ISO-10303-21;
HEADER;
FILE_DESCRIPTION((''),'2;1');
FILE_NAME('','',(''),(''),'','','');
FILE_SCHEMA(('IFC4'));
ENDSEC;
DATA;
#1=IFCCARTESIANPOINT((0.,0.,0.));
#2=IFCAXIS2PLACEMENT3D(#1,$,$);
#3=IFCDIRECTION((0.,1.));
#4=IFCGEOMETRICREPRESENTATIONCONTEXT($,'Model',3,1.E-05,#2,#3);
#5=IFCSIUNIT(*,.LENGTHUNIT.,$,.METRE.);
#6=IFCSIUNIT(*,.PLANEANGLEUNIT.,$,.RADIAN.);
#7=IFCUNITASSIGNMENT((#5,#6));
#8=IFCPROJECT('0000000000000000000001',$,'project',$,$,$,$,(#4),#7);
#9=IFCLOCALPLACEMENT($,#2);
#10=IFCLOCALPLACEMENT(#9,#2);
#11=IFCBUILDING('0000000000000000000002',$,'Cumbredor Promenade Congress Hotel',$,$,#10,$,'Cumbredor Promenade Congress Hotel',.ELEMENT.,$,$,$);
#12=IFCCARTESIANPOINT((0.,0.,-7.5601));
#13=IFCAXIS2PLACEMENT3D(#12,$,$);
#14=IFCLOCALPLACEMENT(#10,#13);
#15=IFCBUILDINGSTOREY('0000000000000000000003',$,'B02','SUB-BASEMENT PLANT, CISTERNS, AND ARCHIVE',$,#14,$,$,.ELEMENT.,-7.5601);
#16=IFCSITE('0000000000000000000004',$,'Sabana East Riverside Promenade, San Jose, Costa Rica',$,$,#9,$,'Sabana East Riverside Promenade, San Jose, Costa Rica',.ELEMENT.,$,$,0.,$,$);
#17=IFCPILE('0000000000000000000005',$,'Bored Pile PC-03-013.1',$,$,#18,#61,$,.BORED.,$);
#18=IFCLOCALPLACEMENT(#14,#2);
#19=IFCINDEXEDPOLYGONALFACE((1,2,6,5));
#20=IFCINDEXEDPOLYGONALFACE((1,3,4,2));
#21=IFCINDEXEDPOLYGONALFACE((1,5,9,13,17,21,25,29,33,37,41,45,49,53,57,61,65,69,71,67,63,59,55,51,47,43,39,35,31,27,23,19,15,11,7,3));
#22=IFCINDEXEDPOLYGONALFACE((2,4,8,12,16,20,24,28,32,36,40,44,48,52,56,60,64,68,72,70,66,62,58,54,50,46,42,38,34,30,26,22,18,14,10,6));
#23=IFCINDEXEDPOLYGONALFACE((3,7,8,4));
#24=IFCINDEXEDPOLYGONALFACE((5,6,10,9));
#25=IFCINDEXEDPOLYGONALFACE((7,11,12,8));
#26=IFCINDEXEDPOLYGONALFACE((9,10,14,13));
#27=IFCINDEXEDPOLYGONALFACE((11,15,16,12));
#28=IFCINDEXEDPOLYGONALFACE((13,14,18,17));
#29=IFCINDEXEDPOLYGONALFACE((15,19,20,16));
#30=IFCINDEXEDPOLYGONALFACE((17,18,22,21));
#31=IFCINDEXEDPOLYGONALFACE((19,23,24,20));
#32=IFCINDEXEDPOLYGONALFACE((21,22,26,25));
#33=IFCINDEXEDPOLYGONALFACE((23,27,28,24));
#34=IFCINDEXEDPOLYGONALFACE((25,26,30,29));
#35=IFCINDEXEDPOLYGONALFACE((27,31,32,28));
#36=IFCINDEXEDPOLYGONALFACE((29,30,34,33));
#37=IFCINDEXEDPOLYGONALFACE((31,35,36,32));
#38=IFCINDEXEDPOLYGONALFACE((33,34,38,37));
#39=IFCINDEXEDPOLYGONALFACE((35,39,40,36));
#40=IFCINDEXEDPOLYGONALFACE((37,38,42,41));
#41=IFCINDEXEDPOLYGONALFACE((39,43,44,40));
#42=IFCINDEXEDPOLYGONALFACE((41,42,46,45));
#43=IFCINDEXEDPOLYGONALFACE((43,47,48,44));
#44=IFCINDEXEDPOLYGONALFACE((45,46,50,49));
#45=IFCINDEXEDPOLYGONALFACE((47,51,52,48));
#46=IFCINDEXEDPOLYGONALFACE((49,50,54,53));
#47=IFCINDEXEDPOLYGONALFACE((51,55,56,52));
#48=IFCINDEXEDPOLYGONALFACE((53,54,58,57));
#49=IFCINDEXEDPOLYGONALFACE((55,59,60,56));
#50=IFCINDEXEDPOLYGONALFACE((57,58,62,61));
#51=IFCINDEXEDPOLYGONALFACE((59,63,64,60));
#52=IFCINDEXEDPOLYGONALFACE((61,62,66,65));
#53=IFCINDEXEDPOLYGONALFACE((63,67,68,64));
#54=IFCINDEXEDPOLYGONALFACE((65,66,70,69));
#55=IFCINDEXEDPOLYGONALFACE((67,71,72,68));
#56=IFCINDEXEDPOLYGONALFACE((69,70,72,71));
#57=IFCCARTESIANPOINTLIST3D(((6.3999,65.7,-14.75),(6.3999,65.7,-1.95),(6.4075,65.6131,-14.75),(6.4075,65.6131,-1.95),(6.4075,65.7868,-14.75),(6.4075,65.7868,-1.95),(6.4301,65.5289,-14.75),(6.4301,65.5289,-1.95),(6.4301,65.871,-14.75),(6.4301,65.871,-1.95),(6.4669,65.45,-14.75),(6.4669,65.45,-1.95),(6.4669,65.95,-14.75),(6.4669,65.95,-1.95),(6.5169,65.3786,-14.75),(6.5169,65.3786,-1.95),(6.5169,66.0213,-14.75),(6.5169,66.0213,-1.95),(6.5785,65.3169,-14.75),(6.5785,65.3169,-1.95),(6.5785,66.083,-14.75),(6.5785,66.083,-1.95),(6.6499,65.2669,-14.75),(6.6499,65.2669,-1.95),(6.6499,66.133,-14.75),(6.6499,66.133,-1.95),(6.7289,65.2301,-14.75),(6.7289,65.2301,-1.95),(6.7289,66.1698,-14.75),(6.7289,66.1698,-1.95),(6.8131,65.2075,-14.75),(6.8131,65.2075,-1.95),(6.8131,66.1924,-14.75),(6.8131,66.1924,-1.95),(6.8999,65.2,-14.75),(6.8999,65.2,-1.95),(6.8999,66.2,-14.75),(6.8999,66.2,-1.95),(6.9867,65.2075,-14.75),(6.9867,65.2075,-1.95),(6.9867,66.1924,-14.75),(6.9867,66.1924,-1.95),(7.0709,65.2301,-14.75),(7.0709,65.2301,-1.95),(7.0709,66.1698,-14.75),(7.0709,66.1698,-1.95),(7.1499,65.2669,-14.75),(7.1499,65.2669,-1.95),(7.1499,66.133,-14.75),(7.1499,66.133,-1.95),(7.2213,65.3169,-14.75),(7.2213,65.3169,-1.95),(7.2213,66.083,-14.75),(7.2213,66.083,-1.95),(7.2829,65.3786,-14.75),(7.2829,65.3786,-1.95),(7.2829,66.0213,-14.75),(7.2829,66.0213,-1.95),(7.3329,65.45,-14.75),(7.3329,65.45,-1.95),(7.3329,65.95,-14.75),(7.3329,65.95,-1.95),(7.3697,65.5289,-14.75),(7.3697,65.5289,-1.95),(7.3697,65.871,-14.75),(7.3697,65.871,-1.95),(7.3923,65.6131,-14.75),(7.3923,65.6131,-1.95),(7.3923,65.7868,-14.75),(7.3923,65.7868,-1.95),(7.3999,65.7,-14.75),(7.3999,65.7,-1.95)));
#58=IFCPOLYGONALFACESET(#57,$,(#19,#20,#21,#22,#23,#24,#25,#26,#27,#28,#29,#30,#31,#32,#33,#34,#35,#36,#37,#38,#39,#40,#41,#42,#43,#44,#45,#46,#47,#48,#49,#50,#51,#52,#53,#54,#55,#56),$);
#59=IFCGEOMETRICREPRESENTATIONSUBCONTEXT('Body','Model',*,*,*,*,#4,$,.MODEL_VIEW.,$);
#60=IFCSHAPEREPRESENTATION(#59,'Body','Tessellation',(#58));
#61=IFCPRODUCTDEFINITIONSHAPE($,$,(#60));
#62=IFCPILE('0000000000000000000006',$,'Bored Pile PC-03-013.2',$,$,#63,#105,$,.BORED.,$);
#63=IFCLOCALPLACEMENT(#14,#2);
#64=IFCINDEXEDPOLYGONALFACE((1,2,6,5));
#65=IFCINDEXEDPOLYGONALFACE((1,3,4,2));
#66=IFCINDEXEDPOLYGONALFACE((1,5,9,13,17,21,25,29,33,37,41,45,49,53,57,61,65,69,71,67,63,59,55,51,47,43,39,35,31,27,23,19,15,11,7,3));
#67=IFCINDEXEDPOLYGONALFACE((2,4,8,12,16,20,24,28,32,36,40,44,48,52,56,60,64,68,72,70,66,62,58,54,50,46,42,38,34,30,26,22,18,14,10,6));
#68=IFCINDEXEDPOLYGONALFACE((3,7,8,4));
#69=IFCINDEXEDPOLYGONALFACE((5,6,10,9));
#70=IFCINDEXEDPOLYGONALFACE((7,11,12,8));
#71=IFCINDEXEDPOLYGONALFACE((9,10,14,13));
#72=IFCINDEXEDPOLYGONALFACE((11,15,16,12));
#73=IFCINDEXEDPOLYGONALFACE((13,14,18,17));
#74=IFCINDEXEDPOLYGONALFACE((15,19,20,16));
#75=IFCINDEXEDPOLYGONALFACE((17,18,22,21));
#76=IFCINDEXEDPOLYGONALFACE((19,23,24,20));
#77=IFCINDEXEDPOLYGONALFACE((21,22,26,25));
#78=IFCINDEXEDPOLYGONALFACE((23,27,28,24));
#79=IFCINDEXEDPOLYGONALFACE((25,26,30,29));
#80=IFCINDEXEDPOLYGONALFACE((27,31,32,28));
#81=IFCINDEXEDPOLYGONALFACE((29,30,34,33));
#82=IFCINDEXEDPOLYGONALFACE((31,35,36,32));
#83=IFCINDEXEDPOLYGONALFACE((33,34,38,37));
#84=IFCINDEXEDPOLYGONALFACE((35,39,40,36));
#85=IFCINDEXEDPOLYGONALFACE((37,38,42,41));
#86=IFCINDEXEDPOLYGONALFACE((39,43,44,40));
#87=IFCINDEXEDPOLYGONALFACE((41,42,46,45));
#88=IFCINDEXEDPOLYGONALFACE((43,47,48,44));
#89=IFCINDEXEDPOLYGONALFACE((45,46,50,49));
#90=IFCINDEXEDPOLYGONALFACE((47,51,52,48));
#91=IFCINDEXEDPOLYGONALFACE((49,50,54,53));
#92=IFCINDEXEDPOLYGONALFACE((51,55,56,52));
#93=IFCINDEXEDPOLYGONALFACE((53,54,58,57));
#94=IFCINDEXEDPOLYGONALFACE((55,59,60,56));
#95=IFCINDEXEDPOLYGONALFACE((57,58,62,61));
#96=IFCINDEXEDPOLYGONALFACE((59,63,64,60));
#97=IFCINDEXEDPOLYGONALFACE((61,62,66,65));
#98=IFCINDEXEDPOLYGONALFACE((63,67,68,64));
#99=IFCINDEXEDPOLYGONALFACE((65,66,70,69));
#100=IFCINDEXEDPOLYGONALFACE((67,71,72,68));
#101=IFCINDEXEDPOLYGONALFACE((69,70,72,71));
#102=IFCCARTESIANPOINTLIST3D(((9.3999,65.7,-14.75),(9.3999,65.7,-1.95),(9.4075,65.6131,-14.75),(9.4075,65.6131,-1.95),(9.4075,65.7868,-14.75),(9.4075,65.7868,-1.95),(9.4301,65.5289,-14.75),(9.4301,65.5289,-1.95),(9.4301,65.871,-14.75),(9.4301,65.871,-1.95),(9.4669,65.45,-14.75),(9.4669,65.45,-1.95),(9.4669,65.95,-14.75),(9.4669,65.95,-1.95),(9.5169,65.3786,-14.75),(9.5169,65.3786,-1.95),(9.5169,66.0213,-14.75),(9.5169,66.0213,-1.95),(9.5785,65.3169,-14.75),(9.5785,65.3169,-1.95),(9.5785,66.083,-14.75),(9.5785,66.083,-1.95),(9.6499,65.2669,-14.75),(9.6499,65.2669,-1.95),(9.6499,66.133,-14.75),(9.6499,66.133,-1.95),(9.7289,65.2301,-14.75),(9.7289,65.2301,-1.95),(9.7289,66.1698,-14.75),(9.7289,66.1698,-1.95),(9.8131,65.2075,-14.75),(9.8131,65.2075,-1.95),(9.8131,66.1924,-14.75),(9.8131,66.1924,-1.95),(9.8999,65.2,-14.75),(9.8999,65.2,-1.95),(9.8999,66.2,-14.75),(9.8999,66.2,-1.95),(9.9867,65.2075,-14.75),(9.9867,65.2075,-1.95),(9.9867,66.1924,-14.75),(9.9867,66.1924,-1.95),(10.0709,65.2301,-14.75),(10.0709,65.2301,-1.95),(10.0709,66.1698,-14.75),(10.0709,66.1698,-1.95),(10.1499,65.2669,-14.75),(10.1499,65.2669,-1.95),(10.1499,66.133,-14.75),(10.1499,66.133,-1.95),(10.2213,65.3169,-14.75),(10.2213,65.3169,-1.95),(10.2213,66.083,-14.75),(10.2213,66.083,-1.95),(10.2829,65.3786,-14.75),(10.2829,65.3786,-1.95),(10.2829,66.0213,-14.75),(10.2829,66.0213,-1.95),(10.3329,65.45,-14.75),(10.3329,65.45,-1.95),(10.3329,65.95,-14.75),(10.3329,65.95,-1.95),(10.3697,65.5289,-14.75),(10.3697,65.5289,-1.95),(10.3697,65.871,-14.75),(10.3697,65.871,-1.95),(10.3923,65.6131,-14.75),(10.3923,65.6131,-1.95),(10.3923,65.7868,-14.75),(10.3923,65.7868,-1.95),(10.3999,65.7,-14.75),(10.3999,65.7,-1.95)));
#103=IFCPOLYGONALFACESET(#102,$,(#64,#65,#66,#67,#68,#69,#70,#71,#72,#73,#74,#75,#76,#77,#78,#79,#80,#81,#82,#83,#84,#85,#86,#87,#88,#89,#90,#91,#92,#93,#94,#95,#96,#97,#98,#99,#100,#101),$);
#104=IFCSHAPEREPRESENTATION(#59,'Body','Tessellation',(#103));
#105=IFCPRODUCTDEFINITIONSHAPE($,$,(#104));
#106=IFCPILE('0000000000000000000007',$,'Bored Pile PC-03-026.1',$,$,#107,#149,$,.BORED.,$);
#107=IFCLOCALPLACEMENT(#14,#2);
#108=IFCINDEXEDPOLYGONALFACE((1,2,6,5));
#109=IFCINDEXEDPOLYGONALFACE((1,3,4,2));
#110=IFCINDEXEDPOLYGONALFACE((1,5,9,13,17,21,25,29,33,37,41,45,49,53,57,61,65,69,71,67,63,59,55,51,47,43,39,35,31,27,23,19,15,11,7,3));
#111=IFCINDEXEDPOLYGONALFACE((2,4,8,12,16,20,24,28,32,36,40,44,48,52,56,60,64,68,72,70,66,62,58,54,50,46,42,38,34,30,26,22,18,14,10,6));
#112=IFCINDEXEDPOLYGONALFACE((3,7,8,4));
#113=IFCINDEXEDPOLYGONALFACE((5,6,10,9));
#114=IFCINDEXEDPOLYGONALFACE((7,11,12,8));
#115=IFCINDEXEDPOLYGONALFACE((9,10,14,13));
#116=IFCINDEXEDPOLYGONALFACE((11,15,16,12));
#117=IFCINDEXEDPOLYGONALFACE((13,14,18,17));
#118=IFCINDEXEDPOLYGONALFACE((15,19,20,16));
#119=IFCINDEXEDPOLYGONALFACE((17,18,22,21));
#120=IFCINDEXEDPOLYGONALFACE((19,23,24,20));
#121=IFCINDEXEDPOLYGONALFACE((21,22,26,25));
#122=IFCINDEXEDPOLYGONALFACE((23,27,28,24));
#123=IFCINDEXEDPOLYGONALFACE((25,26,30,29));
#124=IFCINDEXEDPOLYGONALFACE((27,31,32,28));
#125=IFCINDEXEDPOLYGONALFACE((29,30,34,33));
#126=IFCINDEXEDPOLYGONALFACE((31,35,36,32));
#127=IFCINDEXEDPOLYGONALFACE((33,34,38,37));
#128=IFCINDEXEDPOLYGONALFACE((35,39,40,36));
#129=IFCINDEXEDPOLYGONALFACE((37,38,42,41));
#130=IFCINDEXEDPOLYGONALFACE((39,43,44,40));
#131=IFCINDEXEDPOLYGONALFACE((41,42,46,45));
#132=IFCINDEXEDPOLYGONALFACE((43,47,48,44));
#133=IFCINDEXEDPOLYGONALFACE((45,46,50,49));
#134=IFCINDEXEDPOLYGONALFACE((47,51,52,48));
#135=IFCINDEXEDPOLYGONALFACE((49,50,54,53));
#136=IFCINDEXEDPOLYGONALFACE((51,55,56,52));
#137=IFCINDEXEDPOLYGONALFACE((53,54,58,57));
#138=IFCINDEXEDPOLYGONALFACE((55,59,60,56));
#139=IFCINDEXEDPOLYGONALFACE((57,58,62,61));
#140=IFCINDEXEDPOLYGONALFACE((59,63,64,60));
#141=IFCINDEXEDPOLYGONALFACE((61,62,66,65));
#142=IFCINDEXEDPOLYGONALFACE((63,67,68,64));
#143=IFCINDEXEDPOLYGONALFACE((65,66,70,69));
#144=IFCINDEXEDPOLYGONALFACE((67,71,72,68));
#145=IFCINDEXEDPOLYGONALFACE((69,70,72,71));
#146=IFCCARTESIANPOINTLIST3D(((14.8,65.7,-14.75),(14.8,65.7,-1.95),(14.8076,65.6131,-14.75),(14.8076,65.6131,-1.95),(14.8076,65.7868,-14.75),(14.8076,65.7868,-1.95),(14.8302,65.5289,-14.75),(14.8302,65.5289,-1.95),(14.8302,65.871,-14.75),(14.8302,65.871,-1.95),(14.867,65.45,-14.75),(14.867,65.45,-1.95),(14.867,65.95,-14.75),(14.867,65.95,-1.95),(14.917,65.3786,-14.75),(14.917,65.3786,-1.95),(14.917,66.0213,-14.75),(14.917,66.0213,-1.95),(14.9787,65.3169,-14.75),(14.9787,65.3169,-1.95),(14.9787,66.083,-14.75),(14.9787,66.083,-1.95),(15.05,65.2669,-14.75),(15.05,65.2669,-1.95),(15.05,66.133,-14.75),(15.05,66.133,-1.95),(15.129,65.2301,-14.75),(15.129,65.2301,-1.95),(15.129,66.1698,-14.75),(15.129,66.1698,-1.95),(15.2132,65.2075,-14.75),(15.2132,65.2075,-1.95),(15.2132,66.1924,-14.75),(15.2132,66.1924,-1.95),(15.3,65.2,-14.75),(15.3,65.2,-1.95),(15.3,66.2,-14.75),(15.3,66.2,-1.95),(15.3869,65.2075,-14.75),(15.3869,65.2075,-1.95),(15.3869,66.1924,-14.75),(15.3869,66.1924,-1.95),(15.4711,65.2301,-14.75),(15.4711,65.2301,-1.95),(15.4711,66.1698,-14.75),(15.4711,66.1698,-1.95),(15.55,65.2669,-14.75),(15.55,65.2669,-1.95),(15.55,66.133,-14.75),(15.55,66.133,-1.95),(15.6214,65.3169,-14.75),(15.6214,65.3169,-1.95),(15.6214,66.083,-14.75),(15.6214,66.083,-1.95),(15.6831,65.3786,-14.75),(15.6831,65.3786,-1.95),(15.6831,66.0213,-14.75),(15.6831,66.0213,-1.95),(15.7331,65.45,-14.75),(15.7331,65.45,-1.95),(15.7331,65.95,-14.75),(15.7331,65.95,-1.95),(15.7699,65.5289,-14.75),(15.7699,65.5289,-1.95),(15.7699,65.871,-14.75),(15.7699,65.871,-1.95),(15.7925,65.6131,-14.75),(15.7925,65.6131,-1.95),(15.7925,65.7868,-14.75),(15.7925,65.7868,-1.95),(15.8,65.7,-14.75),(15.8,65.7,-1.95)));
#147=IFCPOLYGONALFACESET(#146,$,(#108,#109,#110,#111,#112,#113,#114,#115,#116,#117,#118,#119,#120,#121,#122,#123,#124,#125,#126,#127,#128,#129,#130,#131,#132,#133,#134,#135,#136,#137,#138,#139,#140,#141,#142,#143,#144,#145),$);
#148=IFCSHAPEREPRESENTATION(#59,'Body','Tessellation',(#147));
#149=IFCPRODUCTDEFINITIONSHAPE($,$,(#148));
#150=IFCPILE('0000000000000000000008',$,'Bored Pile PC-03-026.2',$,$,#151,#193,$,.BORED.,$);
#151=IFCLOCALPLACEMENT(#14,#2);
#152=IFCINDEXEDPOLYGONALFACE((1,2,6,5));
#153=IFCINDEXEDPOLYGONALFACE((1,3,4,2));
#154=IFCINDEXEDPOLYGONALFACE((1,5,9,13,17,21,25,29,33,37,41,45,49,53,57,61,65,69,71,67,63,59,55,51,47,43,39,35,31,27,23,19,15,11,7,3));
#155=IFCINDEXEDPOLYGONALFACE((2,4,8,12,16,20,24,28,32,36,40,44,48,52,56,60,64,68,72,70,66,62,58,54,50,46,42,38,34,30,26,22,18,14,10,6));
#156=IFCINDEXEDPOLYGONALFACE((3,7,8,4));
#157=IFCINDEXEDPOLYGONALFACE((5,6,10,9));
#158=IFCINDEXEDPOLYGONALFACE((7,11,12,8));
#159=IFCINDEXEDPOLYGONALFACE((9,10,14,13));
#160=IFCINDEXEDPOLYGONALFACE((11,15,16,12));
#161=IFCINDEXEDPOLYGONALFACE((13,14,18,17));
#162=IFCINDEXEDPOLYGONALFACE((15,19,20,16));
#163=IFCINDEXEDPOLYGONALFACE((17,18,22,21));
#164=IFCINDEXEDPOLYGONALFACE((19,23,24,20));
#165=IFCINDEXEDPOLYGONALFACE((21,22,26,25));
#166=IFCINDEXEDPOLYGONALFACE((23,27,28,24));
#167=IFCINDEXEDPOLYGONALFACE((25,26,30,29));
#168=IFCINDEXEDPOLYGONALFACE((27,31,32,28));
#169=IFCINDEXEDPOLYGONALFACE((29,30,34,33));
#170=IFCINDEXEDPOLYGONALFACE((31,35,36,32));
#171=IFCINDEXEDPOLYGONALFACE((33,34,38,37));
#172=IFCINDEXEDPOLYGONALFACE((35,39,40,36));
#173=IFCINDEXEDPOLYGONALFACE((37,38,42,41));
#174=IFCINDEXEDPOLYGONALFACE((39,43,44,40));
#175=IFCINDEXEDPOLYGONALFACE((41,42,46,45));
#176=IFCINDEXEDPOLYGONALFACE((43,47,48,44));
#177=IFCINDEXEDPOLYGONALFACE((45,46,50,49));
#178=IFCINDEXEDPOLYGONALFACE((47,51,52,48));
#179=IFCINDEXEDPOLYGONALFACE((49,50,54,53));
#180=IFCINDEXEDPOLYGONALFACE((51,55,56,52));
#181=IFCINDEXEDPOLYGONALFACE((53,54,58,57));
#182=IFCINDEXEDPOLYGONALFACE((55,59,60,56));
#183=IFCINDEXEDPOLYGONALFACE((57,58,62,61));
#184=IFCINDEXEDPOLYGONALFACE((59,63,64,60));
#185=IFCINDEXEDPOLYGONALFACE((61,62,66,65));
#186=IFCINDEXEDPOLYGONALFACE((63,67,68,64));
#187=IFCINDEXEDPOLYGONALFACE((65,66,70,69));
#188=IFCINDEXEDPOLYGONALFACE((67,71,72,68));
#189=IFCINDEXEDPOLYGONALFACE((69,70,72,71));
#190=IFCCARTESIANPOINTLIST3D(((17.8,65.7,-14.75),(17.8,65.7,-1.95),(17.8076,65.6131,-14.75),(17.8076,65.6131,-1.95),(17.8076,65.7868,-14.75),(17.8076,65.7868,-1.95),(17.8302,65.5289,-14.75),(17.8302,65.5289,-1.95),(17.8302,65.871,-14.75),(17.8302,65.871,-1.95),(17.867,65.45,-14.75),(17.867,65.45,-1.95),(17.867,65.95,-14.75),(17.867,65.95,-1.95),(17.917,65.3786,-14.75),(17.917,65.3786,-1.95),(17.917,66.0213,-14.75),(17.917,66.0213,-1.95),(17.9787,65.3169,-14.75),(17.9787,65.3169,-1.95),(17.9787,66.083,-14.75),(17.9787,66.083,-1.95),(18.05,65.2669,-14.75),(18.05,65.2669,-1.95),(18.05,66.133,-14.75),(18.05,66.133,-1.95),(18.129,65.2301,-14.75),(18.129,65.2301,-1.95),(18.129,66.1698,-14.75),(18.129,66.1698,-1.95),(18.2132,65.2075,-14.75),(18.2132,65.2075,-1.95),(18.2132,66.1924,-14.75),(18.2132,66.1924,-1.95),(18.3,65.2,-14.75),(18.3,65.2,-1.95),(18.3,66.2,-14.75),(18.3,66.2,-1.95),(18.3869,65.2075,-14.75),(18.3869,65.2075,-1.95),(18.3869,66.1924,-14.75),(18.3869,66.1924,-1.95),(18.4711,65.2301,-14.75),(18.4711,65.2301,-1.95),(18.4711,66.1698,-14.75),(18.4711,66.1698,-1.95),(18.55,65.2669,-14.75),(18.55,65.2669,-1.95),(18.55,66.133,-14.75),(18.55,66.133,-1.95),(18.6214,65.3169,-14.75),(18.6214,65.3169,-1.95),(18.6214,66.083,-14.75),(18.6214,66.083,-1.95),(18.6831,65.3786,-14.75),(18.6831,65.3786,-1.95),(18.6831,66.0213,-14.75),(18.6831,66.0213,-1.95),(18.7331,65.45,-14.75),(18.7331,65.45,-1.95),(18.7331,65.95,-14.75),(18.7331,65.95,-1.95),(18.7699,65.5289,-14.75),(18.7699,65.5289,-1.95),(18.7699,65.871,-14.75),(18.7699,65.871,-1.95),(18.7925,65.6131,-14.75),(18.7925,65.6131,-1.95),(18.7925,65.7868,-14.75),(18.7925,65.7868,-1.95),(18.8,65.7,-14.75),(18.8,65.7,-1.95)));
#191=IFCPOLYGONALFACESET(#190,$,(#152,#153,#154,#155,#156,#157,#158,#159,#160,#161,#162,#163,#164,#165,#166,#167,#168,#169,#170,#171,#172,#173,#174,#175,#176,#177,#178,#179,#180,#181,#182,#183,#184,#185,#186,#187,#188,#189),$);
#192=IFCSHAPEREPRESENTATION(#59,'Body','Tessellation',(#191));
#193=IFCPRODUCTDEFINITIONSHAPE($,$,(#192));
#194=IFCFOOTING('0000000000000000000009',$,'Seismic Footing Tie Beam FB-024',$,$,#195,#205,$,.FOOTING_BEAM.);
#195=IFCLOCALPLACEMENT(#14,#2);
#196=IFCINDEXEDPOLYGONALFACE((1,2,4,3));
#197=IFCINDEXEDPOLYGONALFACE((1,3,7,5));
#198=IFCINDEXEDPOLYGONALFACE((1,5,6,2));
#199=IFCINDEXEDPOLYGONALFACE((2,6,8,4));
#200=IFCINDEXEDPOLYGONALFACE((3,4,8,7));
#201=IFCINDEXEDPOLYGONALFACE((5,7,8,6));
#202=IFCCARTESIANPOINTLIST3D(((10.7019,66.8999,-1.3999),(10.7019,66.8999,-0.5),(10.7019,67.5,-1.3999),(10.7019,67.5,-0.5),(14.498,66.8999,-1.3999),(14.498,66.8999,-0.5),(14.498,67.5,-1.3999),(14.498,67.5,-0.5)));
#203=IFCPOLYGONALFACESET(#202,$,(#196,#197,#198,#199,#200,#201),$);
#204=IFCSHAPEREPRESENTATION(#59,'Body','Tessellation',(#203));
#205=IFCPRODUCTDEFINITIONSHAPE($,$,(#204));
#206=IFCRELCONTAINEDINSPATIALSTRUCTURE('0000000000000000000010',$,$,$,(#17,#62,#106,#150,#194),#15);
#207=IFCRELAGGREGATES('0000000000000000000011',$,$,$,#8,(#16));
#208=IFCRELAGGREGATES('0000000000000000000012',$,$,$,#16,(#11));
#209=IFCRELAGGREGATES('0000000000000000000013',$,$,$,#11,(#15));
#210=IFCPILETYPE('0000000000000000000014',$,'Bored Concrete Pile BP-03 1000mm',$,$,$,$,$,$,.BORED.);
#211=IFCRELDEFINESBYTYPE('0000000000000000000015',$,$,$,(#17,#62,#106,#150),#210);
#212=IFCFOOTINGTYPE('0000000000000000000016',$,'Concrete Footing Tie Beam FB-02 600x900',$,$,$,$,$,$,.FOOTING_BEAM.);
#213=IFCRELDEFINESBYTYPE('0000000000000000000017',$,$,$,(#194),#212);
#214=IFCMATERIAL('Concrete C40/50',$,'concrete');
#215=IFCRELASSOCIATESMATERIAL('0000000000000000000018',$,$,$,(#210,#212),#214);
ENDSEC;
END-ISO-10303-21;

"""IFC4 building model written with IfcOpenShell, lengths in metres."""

from ifc_helpers import new_model, si_unit, direction, frame, origin, origin_2d, place, context, subcontext, project, spatial, rectangle, circle, extrude, material, material_profile, profile_set, type_object, element, save


model = new_model("IFC4")

# Units and contexts
model_context = context("Model", 3, precision=1e-05, world=origin(), true_north=direction((0.0, 1.0)))
body_context = subcontext(model_context, "Body", "Model", "MODEL_VIEW")
ifc_project = project(units=[si_unit("LENGTHUNIT", "METRE"), si_unit("PLANEANGLEUNIT", "RADIAN")], contexts=[model_context])

# Site, building, storey
site_placement = place(None, origin())
site = spatial("IfcSite", under=ifc_project, at=site_placement, Name="Sabana East Riverside Promenade, San Jose, Costa Rica", LongName="Sabana East Riverside Promenade, San Jose, Costa Rica", CompositionType="ELEMENT", RefElevation=0.0)
building_placement = place(site_placement, origin())
building = spatial("IfcBuilding", under=site, at=building_placement, Name="Cumbredor Promenade Congress Hotel", LongName="Cumbredor Promenade Congress Hotel", CompositionType="ELEMENT")
storey_placement = place(building_placement, frame((0.0, 0.0, -7.5601)))
storey = spatial("IfcBuildingStorey", under=building, at=storey_placement, Name="B02", Description="SUB-BASEMENT PLANT, CISTERNS, AND ARCHIVE", CompositionType="ELEMENT", Elevation=-7.5601)

# Piles
ifc_material_1 = material(Name="Concrete C40/50", Category="concrete")
ifc_material_profile_1 = material_profile(ifc_material_1, circle(Radius=0.5, at=origin_2d()), Name="PILE D1000")
ifc_profile_set_1 = profile_set([ifc_material_profile_1], Name="Concrete C40/50")
pile_type = type_object("IfcPileType", Name="Bored Concrete Pile BP-03 1000mm", PredefinedType="BORED", material=ifc_profile_set_1)
for number, where, z_axis, x_axis, name in (
    (1, (6.8999, 65.7, -1.95), (0.0, 0.0, -1.0), (1.0, 0.0, 0.0), "Bored Pile PC-03-013.1"),
    (2, (9.8999, 65.7, -1.95), (0.0, 0.0, -1.0), (1.0, 0.0, 0.0), "Bored Pile PC-03-013.2"),
    (3, (15.3, 65.7, -1.95), (0.0, 0.0, -1.0), (1.0, 0.0, 0.0), "Bored Pile PC-03-026.1"),
    (4, (18.3, 65.7, -1.95), (0.0, 0.0, -1.0), (1.0, 0.0, 0.0), "Bored Pile PC-03-026.2"),
):
    element("IfcPile", number, at=place(storey_placement, frame(where, z_axis=z_axis, x_axis=x_axis)), inside=storey, type_object=pile_type, Name=name, PredefinedType="BORED", context=body_context, shape_type="SweptSolid", body=[
        extrude(circle(Radius=0.5, at=origin_2d()), origin(), (0.0, 0.0, 1.0), 12.8),
    ])

# Footing
ifc_material_profile_2 = material_profile(ifc_material_1, rectangle(XDim=0.6001, YDim=0.8999, at=origin_2d()), Name="FB 600x900")
ifc_profile_set_2 = profile_set([ifc_material_profile_2], Name="Concrete C40/50")
footing_type_1 = type_object("IfcFootingType", Name="Concrete Footing Tie Beam FB-02 600x900", PredefinedType="FOOTING_BEAM", material=ifc_profile_set_2)
footing_placement = place(storey_placement, frame((10.7019, 67.2, -0.95), z_axis=(1.0, 0.0, 0.0), x_axis=(0.0, 1.0, 0.0)))
element("IfcFooting", 5, at=footing_placement, inside=storey, type_object=footing_type_1, Name="Seismic Footing Tie Beam FB-024", PredefinedType="FOOTING_BEAM", context=body_context, shape_type="SweptSolid", body=[
    extrude(rectangle(XDim=0.6001, YDim=0.8999, at=origin_2d()), origin(), (0.0, 0.0, 1.0), 3.7961),
])

save(model, "model.ifc")
